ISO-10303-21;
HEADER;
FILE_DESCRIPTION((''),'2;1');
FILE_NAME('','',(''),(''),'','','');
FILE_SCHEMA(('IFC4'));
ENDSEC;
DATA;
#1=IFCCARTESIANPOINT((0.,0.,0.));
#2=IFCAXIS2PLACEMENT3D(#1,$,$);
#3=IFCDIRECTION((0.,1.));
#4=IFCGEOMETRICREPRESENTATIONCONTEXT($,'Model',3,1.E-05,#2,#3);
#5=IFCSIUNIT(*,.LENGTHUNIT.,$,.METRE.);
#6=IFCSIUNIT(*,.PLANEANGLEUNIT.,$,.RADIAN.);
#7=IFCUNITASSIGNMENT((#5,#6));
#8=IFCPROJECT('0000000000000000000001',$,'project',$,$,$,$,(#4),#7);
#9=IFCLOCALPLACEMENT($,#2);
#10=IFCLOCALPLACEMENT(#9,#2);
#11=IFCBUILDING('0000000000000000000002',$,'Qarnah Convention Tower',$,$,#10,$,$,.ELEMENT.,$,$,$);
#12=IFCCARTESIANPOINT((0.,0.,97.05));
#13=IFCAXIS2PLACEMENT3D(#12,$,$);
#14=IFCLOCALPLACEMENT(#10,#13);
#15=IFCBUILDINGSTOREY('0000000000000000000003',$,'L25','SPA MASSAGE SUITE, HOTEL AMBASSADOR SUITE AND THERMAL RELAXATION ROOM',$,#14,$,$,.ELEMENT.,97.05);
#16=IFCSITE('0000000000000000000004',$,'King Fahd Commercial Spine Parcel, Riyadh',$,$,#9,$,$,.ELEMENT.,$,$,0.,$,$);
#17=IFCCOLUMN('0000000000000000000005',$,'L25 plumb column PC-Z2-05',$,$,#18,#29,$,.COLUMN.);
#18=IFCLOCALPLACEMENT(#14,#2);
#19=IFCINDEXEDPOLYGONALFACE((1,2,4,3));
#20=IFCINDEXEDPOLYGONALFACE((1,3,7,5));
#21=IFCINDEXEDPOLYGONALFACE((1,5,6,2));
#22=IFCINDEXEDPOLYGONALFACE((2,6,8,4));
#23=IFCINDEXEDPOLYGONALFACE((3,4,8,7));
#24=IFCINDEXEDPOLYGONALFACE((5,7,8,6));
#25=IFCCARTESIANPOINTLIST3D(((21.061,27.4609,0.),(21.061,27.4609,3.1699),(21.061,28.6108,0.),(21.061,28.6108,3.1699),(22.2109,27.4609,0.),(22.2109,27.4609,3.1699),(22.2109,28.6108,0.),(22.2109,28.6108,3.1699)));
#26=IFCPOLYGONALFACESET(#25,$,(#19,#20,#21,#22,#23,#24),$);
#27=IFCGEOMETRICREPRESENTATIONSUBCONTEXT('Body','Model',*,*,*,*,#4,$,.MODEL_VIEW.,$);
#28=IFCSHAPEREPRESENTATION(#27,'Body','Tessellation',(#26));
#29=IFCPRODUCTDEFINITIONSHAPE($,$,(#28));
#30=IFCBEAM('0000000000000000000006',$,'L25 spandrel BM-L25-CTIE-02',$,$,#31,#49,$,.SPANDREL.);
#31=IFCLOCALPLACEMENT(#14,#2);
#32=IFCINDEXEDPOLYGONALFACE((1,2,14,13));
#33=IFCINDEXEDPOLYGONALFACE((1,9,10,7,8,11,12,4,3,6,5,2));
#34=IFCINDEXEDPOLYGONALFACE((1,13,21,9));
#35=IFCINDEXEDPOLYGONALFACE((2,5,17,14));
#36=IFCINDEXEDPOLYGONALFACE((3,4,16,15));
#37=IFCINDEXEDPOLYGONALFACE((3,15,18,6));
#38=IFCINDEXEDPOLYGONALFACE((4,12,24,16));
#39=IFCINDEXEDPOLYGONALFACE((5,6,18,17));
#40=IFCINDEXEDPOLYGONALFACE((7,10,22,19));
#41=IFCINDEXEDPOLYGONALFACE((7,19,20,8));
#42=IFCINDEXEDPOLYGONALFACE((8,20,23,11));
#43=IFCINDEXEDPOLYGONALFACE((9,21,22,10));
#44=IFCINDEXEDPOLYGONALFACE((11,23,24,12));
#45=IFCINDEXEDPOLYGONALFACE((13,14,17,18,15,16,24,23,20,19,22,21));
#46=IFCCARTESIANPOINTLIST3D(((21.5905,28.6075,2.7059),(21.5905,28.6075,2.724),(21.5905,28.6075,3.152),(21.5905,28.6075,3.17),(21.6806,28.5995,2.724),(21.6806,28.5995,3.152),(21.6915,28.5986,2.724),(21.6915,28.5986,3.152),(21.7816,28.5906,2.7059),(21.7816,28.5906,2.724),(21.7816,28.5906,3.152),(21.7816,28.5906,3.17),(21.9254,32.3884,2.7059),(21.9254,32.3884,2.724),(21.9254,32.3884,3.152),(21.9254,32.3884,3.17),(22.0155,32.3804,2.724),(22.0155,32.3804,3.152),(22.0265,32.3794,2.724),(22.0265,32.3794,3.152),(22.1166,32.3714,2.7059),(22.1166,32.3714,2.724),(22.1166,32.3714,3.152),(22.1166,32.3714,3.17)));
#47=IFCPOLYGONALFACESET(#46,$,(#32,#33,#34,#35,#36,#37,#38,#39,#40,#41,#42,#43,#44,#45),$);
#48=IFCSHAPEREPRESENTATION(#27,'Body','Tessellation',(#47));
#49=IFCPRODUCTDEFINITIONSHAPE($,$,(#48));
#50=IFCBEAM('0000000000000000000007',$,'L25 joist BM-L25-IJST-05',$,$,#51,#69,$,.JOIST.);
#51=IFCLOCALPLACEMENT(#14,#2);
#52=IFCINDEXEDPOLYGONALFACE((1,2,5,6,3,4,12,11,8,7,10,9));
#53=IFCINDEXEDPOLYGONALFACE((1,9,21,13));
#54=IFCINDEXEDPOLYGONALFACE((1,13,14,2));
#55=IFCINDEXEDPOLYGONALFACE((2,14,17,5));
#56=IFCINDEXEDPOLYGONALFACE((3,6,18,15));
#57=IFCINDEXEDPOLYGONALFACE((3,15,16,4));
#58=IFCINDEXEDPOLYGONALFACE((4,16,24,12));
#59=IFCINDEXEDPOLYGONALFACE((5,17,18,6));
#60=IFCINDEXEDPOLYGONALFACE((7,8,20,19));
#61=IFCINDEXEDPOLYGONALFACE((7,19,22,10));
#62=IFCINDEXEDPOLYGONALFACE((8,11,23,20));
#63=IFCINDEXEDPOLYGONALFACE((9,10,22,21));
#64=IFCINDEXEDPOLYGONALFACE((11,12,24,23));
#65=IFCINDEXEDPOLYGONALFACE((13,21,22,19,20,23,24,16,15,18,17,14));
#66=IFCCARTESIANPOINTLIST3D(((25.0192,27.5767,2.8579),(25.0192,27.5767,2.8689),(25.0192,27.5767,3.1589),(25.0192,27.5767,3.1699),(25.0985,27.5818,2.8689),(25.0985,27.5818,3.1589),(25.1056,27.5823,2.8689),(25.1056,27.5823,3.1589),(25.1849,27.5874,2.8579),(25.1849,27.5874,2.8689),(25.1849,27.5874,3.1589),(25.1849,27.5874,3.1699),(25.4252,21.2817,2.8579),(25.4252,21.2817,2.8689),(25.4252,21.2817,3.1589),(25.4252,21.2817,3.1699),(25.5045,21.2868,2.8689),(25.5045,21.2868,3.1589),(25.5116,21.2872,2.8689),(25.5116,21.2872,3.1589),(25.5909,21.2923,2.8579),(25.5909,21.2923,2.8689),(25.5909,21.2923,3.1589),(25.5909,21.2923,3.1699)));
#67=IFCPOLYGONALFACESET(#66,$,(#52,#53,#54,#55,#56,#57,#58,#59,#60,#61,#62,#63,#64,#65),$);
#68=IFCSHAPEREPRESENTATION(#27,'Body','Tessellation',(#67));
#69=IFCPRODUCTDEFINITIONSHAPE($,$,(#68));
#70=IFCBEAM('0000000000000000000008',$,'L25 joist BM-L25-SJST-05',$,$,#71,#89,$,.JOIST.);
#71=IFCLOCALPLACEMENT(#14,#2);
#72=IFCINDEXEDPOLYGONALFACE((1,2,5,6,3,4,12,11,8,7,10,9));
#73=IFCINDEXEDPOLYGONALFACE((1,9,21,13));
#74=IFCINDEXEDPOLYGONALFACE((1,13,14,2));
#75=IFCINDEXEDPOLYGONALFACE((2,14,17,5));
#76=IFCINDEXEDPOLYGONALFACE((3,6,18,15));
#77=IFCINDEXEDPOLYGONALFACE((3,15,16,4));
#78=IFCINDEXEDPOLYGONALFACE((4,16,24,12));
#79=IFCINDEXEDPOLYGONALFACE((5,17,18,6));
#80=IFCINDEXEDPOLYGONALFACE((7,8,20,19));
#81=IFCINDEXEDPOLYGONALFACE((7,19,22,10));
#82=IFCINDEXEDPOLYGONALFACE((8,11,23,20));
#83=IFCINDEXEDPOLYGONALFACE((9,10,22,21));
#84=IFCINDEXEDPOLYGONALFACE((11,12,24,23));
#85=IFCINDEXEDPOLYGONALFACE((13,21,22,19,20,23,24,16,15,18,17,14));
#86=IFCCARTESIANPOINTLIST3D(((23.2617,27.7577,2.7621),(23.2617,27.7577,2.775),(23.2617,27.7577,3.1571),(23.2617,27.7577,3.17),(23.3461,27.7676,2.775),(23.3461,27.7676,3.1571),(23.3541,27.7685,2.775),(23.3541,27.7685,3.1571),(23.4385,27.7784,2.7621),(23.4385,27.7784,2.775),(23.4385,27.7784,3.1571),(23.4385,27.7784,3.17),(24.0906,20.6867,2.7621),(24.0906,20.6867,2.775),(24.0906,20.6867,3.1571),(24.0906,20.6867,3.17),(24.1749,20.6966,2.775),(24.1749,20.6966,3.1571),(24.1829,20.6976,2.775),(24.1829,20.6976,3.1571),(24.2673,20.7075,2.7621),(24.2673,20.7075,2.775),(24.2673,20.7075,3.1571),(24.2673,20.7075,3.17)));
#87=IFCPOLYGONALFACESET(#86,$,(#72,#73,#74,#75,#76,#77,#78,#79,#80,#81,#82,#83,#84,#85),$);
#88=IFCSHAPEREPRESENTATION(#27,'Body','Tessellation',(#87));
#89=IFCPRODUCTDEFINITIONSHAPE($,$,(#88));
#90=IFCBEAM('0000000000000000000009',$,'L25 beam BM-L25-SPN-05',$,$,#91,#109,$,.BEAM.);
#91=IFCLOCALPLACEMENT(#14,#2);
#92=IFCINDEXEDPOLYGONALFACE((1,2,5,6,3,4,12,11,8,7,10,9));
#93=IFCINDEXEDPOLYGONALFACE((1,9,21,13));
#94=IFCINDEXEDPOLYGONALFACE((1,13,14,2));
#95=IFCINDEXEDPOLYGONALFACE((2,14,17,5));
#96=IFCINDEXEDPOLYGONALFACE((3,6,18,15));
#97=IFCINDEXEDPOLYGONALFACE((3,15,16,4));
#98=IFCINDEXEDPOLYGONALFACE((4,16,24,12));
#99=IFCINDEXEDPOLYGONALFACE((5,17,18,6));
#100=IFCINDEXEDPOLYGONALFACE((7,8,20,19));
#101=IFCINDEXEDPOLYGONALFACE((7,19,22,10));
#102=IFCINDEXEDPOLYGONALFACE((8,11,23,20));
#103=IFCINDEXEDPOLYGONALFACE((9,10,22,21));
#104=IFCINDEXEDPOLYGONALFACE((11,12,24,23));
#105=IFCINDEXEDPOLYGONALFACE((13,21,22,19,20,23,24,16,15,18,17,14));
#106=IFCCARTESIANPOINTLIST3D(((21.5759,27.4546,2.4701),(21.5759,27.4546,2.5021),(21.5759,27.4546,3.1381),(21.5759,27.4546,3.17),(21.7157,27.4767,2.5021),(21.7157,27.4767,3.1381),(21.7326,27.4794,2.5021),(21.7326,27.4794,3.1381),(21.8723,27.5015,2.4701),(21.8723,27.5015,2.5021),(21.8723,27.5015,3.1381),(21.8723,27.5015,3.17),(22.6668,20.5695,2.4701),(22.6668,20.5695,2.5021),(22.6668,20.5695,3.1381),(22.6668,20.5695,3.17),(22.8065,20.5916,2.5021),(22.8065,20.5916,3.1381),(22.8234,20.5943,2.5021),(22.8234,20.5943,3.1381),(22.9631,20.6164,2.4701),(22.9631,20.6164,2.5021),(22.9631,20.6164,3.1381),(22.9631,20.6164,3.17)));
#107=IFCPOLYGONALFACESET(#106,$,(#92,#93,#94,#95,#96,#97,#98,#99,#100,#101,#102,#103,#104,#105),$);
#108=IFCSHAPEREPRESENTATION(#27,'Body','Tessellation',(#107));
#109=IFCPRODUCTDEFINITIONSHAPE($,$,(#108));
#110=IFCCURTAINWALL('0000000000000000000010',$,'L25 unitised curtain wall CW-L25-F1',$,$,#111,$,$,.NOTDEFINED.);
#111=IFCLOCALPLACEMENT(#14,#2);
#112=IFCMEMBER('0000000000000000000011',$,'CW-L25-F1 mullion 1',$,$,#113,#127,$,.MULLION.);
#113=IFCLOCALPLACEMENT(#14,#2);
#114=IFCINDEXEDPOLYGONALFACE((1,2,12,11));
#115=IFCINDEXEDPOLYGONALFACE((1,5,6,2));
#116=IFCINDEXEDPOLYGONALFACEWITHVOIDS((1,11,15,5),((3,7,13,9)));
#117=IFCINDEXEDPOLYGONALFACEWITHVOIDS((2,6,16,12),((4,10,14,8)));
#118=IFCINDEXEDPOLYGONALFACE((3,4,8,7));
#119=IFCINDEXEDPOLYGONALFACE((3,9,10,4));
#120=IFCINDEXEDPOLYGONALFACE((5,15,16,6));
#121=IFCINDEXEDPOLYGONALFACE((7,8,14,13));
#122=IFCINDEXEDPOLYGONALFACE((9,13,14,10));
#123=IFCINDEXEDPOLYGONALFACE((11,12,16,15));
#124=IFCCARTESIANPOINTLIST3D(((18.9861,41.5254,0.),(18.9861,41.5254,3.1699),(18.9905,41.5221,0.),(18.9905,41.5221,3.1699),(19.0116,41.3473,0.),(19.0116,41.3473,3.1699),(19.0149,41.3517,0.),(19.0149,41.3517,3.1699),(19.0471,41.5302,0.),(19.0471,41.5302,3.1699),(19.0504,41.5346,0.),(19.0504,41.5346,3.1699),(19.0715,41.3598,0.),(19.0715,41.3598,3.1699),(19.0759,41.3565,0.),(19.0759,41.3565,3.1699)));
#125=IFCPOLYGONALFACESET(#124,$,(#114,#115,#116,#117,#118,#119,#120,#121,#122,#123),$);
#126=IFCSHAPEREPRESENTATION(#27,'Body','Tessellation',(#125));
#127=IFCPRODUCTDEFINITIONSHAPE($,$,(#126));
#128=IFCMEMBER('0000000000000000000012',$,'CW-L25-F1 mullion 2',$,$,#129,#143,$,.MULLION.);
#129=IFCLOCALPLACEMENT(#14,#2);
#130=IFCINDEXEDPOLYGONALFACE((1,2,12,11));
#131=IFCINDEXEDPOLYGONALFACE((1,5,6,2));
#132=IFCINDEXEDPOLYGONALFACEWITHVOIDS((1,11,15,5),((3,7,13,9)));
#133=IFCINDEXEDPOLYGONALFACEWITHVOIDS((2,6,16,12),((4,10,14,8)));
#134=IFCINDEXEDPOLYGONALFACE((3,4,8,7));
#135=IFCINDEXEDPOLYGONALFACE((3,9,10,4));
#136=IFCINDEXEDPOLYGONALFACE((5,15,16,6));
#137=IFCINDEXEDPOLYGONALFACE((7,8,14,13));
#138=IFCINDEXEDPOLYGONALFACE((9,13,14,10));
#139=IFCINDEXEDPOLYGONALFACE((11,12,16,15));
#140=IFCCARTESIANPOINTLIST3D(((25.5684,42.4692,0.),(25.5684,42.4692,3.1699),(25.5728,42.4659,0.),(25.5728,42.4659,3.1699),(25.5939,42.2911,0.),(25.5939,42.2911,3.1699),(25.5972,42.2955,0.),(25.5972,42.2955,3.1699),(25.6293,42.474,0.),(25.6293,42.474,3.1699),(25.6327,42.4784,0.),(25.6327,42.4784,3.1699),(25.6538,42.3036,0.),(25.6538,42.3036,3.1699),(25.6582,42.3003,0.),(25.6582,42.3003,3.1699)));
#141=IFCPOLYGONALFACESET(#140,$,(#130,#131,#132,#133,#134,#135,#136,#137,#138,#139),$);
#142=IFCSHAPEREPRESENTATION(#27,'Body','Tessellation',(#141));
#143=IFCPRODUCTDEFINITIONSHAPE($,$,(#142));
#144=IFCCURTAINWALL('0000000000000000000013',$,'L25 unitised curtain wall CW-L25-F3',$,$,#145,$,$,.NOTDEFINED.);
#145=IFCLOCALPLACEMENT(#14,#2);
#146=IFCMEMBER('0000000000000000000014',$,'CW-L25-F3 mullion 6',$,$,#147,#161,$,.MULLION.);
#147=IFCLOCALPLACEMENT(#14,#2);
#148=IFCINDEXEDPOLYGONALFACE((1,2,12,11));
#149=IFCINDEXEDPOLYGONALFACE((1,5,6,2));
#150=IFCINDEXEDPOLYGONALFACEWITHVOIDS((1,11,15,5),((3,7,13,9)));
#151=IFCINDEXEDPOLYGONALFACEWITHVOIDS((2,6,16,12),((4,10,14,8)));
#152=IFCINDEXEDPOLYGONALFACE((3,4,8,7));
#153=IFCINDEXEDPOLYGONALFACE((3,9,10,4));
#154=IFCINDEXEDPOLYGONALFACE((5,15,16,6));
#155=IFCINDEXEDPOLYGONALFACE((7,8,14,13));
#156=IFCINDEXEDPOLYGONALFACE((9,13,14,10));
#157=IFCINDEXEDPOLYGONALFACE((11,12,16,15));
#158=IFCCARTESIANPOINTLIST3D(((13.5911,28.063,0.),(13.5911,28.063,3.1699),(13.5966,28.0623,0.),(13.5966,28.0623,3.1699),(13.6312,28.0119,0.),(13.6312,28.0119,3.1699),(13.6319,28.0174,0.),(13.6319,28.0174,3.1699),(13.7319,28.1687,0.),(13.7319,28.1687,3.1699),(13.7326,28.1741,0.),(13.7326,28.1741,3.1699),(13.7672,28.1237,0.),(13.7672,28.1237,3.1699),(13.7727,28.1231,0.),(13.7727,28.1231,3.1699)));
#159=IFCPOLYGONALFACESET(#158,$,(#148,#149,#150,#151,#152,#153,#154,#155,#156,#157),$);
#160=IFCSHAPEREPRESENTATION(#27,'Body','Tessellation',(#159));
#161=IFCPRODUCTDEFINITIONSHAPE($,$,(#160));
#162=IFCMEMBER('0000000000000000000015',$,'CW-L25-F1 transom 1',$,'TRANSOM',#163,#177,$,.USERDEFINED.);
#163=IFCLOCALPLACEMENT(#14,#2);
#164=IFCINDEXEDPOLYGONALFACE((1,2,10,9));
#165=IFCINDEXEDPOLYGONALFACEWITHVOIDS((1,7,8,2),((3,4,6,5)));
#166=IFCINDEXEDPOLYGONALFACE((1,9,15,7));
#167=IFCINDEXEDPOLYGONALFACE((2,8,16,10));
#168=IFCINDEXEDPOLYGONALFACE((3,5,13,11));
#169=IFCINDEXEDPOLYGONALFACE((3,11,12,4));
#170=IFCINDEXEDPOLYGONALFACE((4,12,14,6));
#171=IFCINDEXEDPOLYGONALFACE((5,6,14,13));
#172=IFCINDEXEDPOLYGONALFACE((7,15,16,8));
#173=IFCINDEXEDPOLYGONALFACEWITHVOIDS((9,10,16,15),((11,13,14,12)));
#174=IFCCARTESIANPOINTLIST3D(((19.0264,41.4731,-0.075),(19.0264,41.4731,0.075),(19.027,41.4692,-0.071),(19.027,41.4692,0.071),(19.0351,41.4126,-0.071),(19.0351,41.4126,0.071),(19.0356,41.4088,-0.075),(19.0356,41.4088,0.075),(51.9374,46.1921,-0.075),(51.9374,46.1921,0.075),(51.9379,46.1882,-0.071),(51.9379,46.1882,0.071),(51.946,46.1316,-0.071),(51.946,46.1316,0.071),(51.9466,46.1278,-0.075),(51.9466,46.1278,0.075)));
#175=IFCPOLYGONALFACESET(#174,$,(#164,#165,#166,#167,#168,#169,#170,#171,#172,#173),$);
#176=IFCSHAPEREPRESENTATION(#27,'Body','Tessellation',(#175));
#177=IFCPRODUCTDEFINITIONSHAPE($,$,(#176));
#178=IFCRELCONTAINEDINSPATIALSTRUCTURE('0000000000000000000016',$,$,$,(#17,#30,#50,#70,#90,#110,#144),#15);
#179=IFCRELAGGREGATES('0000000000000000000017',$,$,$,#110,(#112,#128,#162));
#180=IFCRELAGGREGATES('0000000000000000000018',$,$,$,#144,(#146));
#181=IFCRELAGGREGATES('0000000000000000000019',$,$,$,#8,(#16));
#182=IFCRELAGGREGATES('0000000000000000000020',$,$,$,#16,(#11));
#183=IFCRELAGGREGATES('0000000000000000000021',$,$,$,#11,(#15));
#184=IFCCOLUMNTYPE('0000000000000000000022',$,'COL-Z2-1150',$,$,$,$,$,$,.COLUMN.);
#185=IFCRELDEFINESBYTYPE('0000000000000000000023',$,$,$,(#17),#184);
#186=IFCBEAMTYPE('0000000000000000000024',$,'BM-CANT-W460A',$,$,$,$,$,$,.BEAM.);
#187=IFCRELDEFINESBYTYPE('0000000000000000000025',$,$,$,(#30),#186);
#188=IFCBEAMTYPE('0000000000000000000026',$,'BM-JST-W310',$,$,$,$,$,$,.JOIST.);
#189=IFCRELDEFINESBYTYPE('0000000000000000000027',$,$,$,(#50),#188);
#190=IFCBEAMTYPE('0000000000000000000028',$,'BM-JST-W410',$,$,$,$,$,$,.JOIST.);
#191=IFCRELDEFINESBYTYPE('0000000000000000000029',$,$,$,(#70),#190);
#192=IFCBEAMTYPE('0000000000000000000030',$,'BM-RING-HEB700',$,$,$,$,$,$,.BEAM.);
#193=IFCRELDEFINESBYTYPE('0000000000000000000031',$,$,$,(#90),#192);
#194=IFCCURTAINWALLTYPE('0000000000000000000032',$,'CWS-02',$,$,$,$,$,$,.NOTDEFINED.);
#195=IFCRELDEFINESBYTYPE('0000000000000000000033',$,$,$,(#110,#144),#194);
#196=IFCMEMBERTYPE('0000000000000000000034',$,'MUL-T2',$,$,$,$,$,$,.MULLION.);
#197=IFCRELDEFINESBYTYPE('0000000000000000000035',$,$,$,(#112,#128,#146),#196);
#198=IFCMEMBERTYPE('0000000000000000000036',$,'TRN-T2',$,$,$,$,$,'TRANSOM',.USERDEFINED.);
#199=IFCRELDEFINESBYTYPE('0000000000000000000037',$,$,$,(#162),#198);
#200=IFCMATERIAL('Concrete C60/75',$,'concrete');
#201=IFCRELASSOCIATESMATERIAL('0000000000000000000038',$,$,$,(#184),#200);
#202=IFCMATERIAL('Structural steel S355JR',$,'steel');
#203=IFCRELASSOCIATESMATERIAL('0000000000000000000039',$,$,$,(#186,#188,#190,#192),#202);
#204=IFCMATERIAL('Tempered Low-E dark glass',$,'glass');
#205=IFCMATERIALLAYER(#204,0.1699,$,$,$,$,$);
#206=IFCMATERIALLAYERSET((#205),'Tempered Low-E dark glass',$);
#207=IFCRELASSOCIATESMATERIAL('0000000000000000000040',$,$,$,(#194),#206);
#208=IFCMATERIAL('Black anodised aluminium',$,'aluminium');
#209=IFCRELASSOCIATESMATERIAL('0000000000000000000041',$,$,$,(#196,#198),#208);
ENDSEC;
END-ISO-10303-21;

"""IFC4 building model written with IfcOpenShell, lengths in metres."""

from ifc_helpers import new_model, si_unit, direction, frame, origin, origin_2d, place, context, subcontext, project, spatial, rectangle, hollow_rectangle, i_section, extrude, material, layer, layer_set, material_profile, profile_set, type_object, element, aggregate, save


model = new_model("IFC4")

# Units and contexts
model_context = context("Model", 3, precision=1e-05, world=origin(), true_north=direction((0.0, 1.0)))
body_context = subcontext(model_context, "Body", "Model", "MODEL_VIEW")
ifc_project = project(units=[si_unit("LENGTHUNIT", "METRE"), si_unit("PLANEANGLEUNIT", "RADIAN")], contexts=[model_context])

# Site, building, storey
site_placement = place(None, origin())
site = spatial("IfcSite", under=ifc_project, at=site_placement, Name="King Fahd Commercial Spine Parcel, Riyadh", CompositionType="ELEMENT", RefElevation=0.0)
building_placement = place(site_placement, origin())
building = spatial("IfcBuilding", under=site, at=building_placement, Name="Qarnah Convention Tower", CompositionType="ELEMENT")
storey_placement = place(building_placement, frame((0.0, 0.0, 97.05)))
storey = spatial("IfcBuildingStorey", under=building, at=storey_placement, Name="L25", Description="SPA MASSAGE SUITE, HOTEL AMBASSADOR SUITE AND THERMAL RELAXATION ROOM", CompositionType="ELEMENT", Elevation=97.05)

# Column
ifc_material_1 = material(Name="Concrete C60/75", Category="concrete")
ifc_material_profile_1 = material_profile(ifc_material_1, rectangle(XDim=1.1499, YDim=1.1499, at=origin_2d()), Name="RC-COL-1150X1150")
ifc_profile_set_1 = profile_set([ifc_material_profile_1], Name="Concrete C60/75")
column_type = type_object("IfcColumnType", Name="COL-Z2-1150", PredefinedType="COLUMN", material=ifc_profile_set_1)
column_placement = place(storey_placement, frame((21.636, 28.0359, 0.0), z_axis=(0.0, 0.0, 1.0), x_axis=(1.0, 0.0, 0.0)))
element("IfcColumn", 1, at=column_placement, inside=storey, type_object=column_type, Name="L25 plumb column PC-Z2-05", PredefinedType="COLUMN", context=body_context, shape_type="SweptSolid", body=[
    extrude(rectangle(XDim=1.1499, YDim=1.1499, at=origin_2d()), origin(), (0.0, 0.0, 1.0), 3.1699),
])

# Beams
ifc_material_2 = material(Name="Structural steel S355JR", Category="steel")
ifc_material_profile_2 = material_profile(ifc_material_2, i_section(OverallWidth=0.1919, OverallDepth=0.4641, WebThickness=0.011, FlangeThickness=0.0181, at=origin_2d()), Name="W460X89")
ifc_profile_set_2 = profile_set([ifc_material_profile_2], Name="Structural steel S355JR")
beam_type_1 = type_object("IfcBeamType", Name="BM-CANT-W460A", PredefinedType="BEAM", material=ifc_profile_set_2)
beam_1_placement = place(storey_placement, frame((22.021, 32.3799, 2.938), z_axis=(-0.08825, -0.996098, 0.0), x_axis=(0.996098, -0.08825, 0.0)))
element("IfcBeam", 2, at=beam_1_placement, inside=storey, type_object=beam_type_1, Name="L25 spandrel BM-L25-CTIE-02", PredefinedType="SPANDREL", context=body_context, shape_type="SweptSolid", body=[
    extrude(i_section(OverallWidth=0.1919, OverallDepth=0.4641, WebThickness=0.011, FlangeThickness=0.0181, at=origin_2d()), origin(), (0.0, 0.0, 1.0), 3.7957),
])
ifc_material_profile_3 = material_profile(ifc_material_2, i_section(OverallWidth=0.166, OverallDepth=0.312, WebThickness=0.0071, FlangeThickness=0.011, at=origin_2d()), Name="W310X45")
ifc_profile_set_3 = profile_set([ifc_material_profile_3], Name="Structural steel S355JR")
beam_type_2 = type_object("IfcBeamType", Name="BM-JST-W310", PredefinedType="JOIST", material=ifc_profile_set_3)
beam_2_placement = place(storey_placement, frame((25.1021, 27.582, 3.0139), z_axis=(0.064364, -0.997927, 0.0), x_axis=(0.997927, 0.064364, 0.0)))
element("IfcBeam", 3, at=beam_2_placement, inside=storey, type_object=beam_type_2, Name="L25 joist BM-L25-IJST-05", PredefinedType="JOIST", context=body_context, shape_type="SweptSolid", body=[
    extrude(i_section(OverallWidth=0.166, OverallDepth=0.312, WebThickness=0.0071, FlangeThickness=0.011, at=origin_2d()), origin(), (0.0, 0.0, 1.0), 6.3081),
])
ifc_material_profile_4 = material_profile(ifc_material_2, i_section(OverallWidth=0.178, OverallDepth=0.408, WebThickness=0.0081, FlangeThickness=0.0129, at=origin_2d()), Name="W410X60")
ifc_profile_set_4 = profile_set([ifc_material_profile_4], Name="Structural steel S355JR")
beam_type_3 = type_object("IfcBeamType", Name="BM-JST-W410", PredefinedType="JOIST", material=ifc_profile_set_4)
beam_3_placement = place(storey_placement, frame((23.3501, 27.7681, 2.9661), z_axis=(0.116421, -0.9932, 0.0), x_axis=(0.9932, 0.116421, 0.0)))
element("IfcBeam", 4, at=beam_3_placement, inside=storey, type_object=beam_type_3, Name="L25 joist BM-L25-SJST-05", PredefinedType="JOIST", context=body_context, shape_type="SweptSolid", body=[
    extrude(i_section(OverallWidth=0.178, OverallDepth=0.408, WebThickness=0.0081, FlangeThickness=0.0129, at=origin_2d()), origin(), (0.0, 0.0, 1.0), 7.1194),
])
ifc_material_profile_5 = material_profile(ifc_material_2, i_section(OverallWidth=0.3, OverallDepth=0.7, WebThickness=0.0171, FlangeThickness=0.032, at=origin_2d()), Name="HEB700")
ifc_profile_set_5 = profile_set([ifc_material_profile_5], Name="Structural steel S355JR")
beam_type_4 = type_object("IfcBeamType", Name="BM-RING-HEB700", PredefinedType="BEAM", material=ifc_profile_set_5)
beam_4_placement = place(storey_placement, frame((21.7241, 27.478, 2.8201), z_axis=(0.156482, -0.987681, 0.0), x_axis=(0.987681, 0.156482, 0.0)))
element("IfcBeam", 5, at=beam_4_placement, inside=storey, type_object=beam_type_4, Name="L25 beam BM-L25-SPN-05", PredefinedType="BEAM", context=body_context, shape_type="SweptSolid", body=[
    extrude(i_section(OverallWidth=0.3, OverallDepth=0.7, WebThickness=0.0171, FlangeThickness=0.032, at=origin_2d()), origin(), (0.0, 0.0, 1.0), 6.9709),
])

# Curtain wall, members
ifc_material_3 = material(Name="Tempered Low-E dark glass", Category="glass")
ifc_layer_1 = layer(ifc_material_3, 0.1699)
ifc_layer_set_1 = layer_set([ifc_layer_1], Name="Tempered Low-E dark glass")
curtain_wall_type = type_object("IfcCurtainWallType", Name="CWS-02", PredefinedType="NOTDEFINED", material=ifc_layer_set_1)
curtain_wall_1_placement = place(storey_placement, origin())
curtain_wall_1 = element("IfcCurtainWall", 6, at=curtain_wall_1_placement, inside=storey, type_object=curtain_wall_type, Name="L25 unitised curtain wall CW-L25-F1", PredefinedType="NOTDEFINED")
ifc_material_4 = material(Name="Black anodised aluminium", Category="aluminium")
ifc_material_profile_6 = material_profile(ifc_material_4, hollow_rectangle(XDim=0.0649, YDim=0.1799, WallThickness=0.0039, at=origin_2d()), Name="MUL-65X180")
ifc_profile_set_6 = profile_set([ifc_material_profile_6], Name="Black anodised aluminium")
member_type_1 = type_object("IfcMemberType", Name="MUL-T2", PredefinedType="MULLION", material=ifc_profile_set_6)
member_1_placement = place(storey_placement, frame((19.031, 41.4409, 0.0), z_axis=(0.0, 0.0, 1.0), x_axis=(0.989876, 0.141935, 0.0)))
member_1 = element("IfcMember", 7, at=member_1_placement, type_object=member_type_1, Name="CW-L25-F1 mullion 1", PredefinedType="MULLION", context=body_context, shape_type="SweptSolid", body=[
    extrude(hollow_rectangle(XDim=0.0649, YDim=0.1799, WallThickness=0.0039, at=origin_2d()), origin(), (0.0, 0.0, 1.0), 3.1699),
])
member_2_placement = place(storey_placement, frame((25.6133, 42.3848, 0.0), z_axis=(0.0, 0.0, 1.0), x_axis=(0.989876, 0.141935, 0.0)))
member_2 = element("IfcMember", 8, at=member_2_placement, type_object=member_type_1, Name="CW-L25-F1 mullion 2", PredefinedType="MULLION", context=body_context, shape_type="SweptSolid", body=[
    extrude(hollow_rectangle(XDim=0.0649, YDim=0.1799, WallThickness=0.0039, at=origin_2d()), origin(), (0.0, 0.0, 1.0), 3.1699),
])

# Curtain wall, member
curtain_wall_2_placement = place(storey_placement, origin())
curtain_wall_2 = element("IfcCurtainWall", 9, at=curtain_wall_2_placement, inside=storey, type_object=curtain_wall_type, Name="L25 unitised curtain wall CW-L25-F3", PredefinedType="NOTDEFINED")
member_3_placement = place(storey_placement, frame((13.6819, 28.093, 0.0), z_axis=(0.0, 0.0, 1.0), x_axis=(-0.617871, 0.78628, 0.0)))
member_3 = element("IfcMember", 10, at=member_3_placement, type_object=member_type_1, Name="CW-L25-F3 mullion 6", PredefinedType="MULLION", context=body_context, shape_type="SweptSolid", body=[
    extrude(hollow_rectangle(XDim=0.0649, YDim=0.1799, WallThickness=0.0039, at=origin_2d()), origin(), (0.0, 0.0, 1.0), 3.1699),
])

# Member
ifc_material_profile_7 = material_profile(ifc_material_4, hollow_rectangle(XDim=0.0649, YDim=0.1499, WallThickness=0.0039, at=origin_2d()), Name="TRN-65X150")
ifc_profile_set_7 = profile_set([ifc_material_profile_7], Name="Black anodised aluminium")
member_type_2 = type_object("IfcMemberType", Name="TRN-T2", ElementType="TRANSOM", PredefinedType="USERDEFINED", material=ifc_profile_set_7)
member_4_placement = place(storey_placement, frame((19.031, 41.4409, 0.0), z_axis=(0.989876, 0.141935, 0.0), x_axis=(-0.141935, 0.989876, 0.0)))
member_4 = element("IfcMember", 11, at=member_4_placement, type_object=member_type_2, Name="CW-L25-F1 transom 1", ObjectType="TRANSOM", PredefinedType="USERDEFINED", context=body_context, shape_type="SweptSolid", body=[
    extrude(hollow_rectangle(XDim=0.0649, YDim=0.1499, WallThickness=0.0039, at=origin_2d()), origin(), (0.0, 0.0, 1.0), 33.2476),
])

aggregate(curtain_wall_1, [member_1, member_2, member_4])
aggregate(curtain_wall_2, [member_3])

save(model, "model.ifc")
